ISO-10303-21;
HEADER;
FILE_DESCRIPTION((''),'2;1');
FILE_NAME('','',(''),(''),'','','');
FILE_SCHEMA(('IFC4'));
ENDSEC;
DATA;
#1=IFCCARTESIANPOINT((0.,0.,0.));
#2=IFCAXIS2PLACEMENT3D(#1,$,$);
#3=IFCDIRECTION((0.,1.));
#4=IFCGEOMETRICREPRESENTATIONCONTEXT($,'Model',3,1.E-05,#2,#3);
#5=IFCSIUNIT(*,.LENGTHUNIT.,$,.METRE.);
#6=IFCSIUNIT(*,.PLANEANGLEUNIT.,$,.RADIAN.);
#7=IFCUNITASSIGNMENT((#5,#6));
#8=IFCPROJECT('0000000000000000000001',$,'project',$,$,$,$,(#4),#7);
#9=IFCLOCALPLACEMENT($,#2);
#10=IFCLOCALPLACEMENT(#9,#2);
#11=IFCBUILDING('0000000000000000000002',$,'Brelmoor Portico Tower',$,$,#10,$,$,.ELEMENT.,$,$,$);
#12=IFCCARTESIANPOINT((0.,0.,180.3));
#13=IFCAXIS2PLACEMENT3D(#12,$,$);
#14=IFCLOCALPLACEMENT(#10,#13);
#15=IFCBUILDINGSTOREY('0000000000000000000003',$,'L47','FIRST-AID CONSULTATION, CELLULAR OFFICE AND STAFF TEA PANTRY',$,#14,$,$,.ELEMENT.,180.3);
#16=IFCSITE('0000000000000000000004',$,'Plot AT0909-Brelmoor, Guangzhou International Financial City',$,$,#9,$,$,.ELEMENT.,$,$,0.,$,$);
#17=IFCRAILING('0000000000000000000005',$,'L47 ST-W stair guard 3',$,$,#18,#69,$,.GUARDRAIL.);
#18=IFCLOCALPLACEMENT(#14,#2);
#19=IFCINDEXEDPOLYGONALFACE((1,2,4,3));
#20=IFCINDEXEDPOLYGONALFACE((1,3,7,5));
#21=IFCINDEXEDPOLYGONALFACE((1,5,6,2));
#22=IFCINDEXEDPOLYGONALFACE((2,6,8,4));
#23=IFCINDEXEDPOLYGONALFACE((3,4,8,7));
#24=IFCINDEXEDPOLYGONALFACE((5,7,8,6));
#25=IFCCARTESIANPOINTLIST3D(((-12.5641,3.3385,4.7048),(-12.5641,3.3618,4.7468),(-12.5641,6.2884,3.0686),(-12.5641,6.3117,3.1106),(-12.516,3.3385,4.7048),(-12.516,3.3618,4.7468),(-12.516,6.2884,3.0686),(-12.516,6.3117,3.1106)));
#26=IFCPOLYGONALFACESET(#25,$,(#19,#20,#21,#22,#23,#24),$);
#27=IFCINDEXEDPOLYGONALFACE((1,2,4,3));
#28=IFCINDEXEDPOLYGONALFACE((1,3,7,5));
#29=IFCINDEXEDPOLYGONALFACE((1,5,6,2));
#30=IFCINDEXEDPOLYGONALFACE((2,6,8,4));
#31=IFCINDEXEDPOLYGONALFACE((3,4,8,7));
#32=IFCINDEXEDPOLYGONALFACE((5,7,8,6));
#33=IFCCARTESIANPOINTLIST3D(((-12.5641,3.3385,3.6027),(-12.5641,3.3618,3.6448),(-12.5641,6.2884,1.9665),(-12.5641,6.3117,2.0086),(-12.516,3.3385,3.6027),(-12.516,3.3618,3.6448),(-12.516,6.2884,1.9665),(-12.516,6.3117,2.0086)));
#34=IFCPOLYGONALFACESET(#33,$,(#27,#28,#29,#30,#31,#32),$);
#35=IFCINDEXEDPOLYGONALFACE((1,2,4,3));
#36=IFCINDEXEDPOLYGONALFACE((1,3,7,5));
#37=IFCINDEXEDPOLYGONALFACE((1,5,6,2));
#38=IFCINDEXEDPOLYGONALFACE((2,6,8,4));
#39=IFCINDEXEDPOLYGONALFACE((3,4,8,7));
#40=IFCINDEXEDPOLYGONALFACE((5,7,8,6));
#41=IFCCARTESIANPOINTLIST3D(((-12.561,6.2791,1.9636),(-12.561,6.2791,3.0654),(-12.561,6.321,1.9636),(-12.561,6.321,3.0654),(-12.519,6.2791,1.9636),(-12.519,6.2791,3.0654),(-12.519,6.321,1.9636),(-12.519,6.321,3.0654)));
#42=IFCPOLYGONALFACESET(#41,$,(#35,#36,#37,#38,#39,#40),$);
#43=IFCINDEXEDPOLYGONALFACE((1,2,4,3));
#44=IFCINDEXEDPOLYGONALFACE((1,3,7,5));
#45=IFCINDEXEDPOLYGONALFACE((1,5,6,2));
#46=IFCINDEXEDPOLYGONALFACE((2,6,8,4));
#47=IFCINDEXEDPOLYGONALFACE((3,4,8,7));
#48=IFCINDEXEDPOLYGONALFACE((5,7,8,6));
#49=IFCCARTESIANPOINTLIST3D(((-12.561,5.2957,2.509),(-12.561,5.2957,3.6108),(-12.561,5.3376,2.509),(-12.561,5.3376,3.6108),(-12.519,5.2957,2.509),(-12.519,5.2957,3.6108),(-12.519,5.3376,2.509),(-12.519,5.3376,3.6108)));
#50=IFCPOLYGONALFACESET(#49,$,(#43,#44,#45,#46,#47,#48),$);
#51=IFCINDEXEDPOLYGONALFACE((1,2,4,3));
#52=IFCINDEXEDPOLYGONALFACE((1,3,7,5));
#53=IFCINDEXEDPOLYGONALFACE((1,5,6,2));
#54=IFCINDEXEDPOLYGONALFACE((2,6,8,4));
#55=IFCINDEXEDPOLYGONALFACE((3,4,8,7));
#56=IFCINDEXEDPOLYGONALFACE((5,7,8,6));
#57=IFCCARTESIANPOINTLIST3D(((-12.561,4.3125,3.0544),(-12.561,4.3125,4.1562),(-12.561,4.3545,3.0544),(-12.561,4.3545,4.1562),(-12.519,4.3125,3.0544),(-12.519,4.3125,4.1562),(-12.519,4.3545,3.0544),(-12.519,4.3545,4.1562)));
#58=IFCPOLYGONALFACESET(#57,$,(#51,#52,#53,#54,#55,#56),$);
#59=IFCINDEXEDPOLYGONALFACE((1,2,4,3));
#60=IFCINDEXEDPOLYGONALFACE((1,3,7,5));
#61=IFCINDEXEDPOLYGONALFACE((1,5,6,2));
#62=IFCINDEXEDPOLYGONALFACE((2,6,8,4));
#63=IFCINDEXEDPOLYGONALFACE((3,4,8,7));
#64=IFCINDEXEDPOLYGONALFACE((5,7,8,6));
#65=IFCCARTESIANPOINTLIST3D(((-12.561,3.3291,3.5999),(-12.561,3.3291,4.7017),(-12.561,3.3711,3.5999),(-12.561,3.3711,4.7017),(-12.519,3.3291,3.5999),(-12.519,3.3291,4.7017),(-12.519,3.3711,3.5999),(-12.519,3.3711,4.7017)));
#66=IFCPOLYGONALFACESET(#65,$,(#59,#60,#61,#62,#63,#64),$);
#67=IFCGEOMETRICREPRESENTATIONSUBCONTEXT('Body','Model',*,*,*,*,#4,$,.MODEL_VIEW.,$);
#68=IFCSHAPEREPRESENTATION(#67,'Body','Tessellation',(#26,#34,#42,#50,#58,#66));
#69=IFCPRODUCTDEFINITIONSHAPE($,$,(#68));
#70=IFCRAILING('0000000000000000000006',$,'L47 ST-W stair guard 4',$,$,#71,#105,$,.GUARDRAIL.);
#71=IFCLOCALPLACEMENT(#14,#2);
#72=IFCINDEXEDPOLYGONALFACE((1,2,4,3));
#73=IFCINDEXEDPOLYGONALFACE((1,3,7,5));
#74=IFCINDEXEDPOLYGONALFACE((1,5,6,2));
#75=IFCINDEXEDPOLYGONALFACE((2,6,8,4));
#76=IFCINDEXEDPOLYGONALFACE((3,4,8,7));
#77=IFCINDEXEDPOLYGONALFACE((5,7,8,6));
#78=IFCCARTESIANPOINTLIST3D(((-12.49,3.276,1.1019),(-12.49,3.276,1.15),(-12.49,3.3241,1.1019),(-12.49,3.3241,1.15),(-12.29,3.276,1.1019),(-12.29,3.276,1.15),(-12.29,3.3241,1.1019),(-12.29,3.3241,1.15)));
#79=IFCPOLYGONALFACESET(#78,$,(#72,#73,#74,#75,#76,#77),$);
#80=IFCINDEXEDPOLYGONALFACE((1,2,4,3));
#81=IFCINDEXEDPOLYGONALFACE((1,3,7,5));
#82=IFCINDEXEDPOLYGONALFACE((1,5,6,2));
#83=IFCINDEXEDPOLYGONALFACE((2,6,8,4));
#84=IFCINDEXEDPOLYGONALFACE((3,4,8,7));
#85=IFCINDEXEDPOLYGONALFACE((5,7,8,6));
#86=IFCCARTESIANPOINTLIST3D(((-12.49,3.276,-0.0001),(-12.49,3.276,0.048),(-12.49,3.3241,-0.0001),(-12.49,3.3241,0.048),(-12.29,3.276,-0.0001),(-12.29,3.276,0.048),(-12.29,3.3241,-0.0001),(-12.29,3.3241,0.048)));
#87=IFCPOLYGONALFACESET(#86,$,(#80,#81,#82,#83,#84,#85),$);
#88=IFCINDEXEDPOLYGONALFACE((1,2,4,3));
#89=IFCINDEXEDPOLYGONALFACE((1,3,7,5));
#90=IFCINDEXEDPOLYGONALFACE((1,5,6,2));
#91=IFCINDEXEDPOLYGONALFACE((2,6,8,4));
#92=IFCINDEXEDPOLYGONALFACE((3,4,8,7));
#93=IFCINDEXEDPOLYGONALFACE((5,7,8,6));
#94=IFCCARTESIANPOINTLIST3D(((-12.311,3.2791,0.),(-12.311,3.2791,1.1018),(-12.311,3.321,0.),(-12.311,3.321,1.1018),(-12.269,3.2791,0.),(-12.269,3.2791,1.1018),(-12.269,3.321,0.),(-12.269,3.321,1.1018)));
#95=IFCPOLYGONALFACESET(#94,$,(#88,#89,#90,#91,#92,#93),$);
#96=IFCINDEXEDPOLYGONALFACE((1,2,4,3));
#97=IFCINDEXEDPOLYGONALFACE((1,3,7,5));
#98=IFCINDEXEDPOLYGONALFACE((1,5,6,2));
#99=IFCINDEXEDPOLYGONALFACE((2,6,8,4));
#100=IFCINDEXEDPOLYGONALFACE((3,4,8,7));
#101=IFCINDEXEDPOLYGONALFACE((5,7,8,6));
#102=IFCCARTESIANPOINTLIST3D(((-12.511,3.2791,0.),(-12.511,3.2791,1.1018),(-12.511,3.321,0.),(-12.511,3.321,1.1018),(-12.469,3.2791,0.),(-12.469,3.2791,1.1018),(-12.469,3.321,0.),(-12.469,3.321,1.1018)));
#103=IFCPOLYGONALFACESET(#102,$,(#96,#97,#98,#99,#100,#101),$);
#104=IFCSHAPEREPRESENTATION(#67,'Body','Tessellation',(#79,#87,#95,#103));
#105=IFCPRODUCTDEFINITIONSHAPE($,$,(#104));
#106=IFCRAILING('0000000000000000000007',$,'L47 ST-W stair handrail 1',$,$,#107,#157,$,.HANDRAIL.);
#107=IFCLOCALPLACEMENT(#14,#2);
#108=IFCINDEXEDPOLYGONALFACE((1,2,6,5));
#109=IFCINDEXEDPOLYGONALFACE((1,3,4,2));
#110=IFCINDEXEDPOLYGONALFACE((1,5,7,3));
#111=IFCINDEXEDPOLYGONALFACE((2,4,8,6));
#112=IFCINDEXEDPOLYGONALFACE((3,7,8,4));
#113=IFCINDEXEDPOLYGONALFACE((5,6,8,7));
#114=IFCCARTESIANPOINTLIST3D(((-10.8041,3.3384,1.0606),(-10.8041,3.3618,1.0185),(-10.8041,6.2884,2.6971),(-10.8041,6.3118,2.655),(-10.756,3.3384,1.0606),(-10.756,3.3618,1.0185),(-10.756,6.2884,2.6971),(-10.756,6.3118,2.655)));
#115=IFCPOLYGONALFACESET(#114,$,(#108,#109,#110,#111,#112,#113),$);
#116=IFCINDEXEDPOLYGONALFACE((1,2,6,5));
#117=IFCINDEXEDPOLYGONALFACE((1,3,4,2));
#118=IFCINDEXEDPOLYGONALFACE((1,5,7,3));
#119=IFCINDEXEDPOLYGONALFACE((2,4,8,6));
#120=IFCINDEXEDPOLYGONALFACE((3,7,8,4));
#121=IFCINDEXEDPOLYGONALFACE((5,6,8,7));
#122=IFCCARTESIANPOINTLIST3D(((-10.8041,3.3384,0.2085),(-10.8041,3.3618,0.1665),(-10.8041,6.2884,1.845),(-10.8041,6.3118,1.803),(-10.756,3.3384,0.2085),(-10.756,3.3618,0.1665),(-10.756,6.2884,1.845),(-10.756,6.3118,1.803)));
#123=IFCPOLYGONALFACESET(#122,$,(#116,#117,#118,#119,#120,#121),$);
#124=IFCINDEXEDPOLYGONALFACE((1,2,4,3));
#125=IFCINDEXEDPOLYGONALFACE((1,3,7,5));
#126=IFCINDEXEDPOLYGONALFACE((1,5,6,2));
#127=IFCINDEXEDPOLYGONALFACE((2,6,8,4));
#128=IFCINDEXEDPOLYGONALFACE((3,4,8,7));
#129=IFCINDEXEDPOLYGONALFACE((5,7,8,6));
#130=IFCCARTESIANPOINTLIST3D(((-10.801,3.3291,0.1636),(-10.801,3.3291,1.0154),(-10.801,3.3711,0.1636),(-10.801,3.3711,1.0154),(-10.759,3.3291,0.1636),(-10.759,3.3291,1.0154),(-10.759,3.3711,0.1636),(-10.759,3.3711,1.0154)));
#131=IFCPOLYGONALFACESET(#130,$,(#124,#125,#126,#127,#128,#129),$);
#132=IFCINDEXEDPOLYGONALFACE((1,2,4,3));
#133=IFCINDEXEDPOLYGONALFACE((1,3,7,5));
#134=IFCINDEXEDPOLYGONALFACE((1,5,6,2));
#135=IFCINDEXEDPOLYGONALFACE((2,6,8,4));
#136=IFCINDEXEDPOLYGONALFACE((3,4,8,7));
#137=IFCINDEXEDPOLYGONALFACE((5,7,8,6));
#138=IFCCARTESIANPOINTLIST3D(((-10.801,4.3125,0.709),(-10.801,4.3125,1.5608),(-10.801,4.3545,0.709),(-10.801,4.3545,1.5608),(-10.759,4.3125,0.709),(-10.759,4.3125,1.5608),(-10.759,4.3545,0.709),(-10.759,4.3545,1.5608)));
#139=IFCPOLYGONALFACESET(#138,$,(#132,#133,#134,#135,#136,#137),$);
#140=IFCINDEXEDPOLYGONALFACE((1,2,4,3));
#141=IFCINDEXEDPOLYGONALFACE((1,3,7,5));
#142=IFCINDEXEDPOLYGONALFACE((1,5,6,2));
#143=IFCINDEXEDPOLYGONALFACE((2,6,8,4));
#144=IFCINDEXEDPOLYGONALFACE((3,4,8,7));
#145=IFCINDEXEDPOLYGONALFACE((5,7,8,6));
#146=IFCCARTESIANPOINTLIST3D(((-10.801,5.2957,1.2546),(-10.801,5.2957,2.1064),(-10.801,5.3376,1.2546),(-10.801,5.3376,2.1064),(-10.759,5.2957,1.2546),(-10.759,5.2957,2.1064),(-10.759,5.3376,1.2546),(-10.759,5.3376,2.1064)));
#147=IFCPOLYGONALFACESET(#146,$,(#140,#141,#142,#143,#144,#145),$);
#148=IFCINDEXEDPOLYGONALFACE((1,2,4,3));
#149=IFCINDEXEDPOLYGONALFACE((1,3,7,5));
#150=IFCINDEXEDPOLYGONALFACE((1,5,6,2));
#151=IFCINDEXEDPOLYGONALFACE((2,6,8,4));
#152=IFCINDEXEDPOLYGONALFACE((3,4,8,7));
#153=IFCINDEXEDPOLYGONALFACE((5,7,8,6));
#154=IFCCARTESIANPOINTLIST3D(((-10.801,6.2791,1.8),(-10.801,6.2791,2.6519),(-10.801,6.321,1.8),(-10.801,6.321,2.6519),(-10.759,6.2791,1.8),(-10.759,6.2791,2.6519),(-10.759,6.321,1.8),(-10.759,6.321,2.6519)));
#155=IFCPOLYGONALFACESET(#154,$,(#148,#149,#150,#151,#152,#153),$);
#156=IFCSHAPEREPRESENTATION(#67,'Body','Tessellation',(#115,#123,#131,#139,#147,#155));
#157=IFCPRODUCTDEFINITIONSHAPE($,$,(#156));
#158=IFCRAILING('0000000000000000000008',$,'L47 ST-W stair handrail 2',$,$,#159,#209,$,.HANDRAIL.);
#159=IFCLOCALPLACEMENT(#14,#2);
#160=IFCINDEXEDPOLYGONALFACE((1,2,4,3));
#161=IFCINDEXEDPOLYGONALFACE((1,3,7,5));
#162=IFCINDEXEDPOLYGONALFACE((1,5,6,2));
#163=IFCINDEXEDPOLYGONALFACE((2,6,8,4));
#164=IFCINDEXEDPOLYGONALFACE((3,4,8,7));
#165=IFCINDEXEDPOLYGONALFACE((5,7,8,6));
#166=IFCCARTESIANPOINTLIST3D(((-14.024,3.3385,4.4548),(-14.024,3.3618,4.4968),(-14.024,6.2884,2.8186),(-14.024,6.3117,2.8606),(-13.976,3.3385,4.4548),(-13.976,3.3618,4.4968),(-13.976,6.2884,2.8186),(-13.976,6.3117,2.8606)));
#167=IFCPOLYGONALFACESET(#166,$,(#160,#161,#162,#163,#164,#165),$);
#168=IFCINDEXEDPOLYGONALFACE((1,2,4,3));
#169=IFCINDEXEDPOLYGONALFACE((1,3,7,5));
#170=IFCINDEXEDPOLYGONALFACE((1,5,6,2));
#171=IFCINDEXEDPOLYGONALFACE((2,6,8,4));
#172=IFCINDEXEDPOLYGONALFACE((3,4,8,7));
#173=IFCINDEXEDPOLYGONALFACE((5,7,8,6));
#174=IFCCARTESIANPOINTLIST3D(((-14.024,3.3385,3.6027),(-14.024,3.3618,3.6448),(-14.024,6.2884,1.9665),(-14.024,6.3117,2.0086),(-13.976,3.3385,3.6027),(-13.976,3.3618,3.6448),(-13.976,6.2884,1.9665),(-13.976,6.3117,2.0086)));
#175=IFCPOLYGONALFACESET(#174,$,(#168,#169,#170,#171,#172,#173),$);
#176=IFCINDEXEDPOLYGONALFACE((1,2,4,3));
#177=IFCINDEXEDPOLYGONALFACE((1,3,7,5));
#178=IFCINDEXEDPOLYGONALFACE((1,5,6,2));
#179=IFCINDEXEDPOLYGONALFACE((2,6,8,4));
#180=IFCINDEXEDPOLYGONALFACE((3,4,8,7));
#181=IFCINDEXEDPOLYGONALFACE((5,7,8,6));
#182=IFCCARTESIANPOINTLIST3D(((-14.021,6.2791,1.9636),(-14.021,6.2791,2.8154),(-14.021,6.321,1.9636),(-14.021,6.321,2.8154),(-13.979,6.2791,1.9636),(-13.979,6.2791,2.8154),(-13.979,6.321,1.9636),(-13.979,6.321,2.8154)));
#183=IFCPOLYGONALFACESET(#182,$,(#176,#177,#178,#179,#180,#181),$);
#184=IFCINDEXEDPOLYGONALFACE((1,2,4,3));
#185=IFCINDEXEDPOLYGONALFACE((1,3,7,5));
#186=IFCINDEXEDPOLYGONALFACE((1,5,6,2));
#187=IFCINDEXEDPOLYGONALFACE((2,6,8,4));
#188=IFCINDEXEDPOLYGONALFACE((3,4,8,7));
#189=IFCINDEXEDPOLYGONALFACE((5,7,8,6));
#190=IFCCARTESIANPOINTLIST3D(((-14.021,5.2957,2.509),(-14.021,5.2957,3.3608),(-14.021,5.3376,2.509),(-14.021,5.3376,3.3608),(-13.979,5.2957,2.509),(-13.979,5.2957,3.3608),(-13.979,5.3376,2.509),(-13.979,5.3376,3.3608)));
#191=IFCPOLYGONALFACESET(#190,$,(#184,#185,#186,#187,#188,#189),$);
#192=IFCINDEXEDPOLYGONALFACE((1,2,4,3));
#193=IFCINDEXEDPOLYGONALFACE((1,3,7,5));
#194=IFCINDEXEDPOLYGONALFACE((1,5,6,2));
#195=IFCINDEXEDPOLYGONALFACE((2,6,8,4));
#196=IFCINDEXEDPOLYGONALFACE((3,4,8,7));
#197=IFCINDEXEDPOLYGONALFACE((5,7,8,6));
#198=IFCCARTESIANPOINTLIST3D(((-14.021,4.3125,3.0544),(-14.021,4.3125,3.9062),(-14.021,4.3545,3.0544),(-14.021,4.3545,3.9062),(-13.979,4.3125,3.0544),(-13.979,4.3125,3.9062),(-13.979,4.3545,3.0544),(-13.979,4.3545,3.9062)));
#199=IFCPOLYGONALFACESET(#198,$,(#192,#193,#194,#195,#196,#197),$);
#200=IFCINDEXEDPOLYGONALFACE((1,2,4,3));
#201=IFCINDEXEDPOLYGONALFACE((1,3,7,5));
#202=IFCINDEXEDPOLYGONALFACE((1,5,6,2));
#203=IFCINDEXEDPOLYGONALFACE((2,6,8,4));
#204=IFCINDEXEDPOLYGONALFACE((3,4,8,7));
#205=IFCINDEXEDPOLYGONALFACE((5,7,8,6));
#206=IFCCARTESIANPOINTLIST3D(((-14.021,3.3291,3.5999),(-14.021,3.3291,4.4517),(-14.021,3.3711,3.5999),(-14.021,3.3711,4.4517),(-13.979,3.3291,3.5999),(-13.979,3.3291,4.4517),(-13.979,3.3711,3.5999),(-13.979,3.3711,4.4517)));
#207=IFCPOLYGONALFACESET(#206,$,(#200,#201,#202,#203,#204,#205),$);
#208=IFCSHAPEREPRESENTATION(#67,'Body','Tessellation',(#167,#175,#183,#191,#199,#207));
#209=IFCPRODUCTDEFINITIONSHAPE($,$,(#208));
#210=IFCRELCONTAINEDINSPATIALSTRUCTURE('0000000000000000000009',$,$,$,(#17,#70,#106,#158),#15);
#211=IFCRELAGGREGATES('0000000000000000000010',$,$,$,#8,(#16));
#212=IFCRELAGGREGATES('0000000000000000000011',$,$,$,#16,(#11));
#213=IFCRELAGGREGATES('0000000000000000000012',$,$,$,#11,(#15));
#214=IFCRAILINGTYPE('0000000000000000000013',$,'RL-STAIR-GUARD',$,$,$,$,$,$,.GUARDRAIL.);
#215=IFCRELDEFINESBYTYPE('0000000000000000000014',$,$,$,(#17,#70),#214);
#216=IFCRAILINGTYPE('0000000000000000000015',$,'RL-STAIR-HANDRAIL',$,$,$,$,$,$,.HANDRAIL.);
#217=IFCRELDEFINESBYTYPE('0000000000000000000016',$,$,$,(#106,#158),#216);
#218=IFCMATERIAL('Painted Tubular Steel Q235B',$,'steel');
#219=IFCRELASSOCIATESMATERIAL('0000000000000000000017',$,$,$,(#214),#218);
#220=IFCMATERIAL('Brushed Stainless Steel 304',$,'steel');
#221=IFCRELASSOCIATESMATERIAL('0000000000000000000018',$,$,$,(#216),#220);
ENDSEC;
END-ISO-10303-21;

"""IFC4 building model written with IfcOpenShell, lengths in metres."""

from ifc_helpers import new_model, si_unit, direction, frame, origin, origin_2d, place, context, subcontext, project, spatial, rectangle, extrude, material, type_object, element, save


model = new_model("IFC4")

# Units and contexts
model_context = context("Model", 3, precision=1e-05, world=origin(), true_north=direction((0.0, 1.0)))
body_context = subcontext(model_context, "Body", "Model", "MODEL_VIEW")
ifc_project = project(units=[si_unit("LENGTHUNIT", "METRE"), si_unit("PLANEANGLEUNIT", "RADIAN")], contexts=[model_context])

# Site, building, storey
site_placement = place(None, origin())
site = spatial("IfcSite", under=ifc_project, at=site_placement, Name="Plot AT0909-Brelmoor, Guangzhou International Financial City", CompositionType="ELEMENT", RefElevation=0.0)
building_placement = place(site_placement, origin())
building = spatial("IfcBuilding", under=site, at=building_placement, Name="Brelmoor Portico Tower", CompositionType="ELEMENT")
storey_placement = place(building_placement, frame((0.0, 0.0, 180.3)))
storey = spatial("IfcBuildingStorey", under=building, at=storey_placement, Name="L47", Description="FIRST-AID CONSULTATION, CELLULAR OFFICE AND STAFF TEA PANTRY", CompositionType="ELEMENT", Elevation=180.3)

# Railings
ifc_material_1 = material(Name="Painted Tubular Steel Q235B", Category="steel")
railing_type_1 = type_object("IfcRailingType", Name="RL-STAIR-GUARD", PredefinedType="GUARDRAIL", material=ifc_material_1)
railing_1_placement = place(storey_placement, frame((-12.54, 6.3, 1.9636)))
element("IfcRailing", 1, at=railing_1_placement, inside=storey, type_object=railing_type_1, Name="L47 ST-W stair guard 3", PredefinedType="GUARDRAIL", context=body_context, shape_type="SweptSolid", body=[
    extrude(rectangle(XDim=0.0481, YDim=0.0481, at=origin_2d()), frame((0.0, 0.0, 1.126), z_axis=(0.0, -0.874488, 0.485047), x_axis=(1.0, 0.0, 0.0)), (0.0, 0.0, 1.0), 3.3733),
    extrude(rectangle(XDim=0.0481, YDim=0.0481, at=origin_2d()), frame((0.0, 0.0, 0.0239), z_axis=(0.0, -0.874488, 0.485047), x_axis=(1.0, 0.0, 0.0)), (0.0, 0.0, 1.0), 3.3733),
    extrude(rectangle(XDim=0.042, YDim=0.042, at=origin_2d()), origin(), (0.0, 0.0, 1.0), 1.1018),
    extrude(rectangle(XDim=0.042, YDim=0.042, at=origin_2d()), frame((0.0, -0.9834, 0.5454)), (0.0, 0.0, 1.0), 1.1018),
    extrude(rectangle(XDim=0.042, YDim=0.042, at=origin_2d()), frame((0.0, -1.9666, 1.0908)), (0.0, 0.0, 1.0), 1.1018),
    extrude(rectangle(XDim=0.042, YDim=0.042, at=origin_2d()), frame((0.0, -2.95, 1.6362)), (0.0, 0.0, 1.0), 1.1018),
])
railing_2_placement = place(storey_placement, frame((-12.29, 3.3, 0.0)))
element("IfcRailing", 2, at=railing_2_placement, inside=storey, type_object=railing_type_1, Name="L47 ST-W stair guard 4", PredefinedType="GUARDRAIL", context=body_context, shape_type="SweptSolid", body=[
    extrude(rectangle(XDim=0.0481, YDim=0.0481, at=origin_2d()), frame((0.0, 0.0, 1.126), z_axis=(-1.0, 0.0, 0.0), x_axis=(0.0, -1.0, 0.0)), (0.0, 0.0, 1.0), 0.2),
    extrude(rectangle(XDim=0.0481, YDim=0.0481, at=origin_2d()), frame((0.0, 0.0, 0.0239), z_axis=(-1.0, 0.0, 0.0), x_axis=(0.0, -1.0, 0.0)), (0.0, 0.0, 1.0), 0.2),
    extrude(rectangle(XDim=0.042, YDim=0.042, at=origin_2d()), origin(), (0.0, 0.0, 1.0), 1.1018),
    extrude(rectangle(XDim=0.042, YDim=0.042, at=origin_2d()), frame((-0.2, 0.0, 0.0)), (0.0, 0.0, 1.0), 1.1018),
])
ifc_material_2 = material(Name="Brushed Stainless Steel 304", Category="steel")
railing_type_2 = type_object("IfcRailingType", Name="RL-STAIR-HANDRAIL", PredefinedType="HANDRAIL", material=ifc_material_2)
railing_3_placement = place(storey_placement, frame((-10.78, 3.3501, 0.1636)))
element("IfcRailing", 3, at=railing_3_placement, inside=storey, type_object=railing_type_2, Name="L47 ST-W stair handrail 1", PredefinedType="HANDRAIL", context=body_context, shape_type="SweptSolid", body=[
    extrude(rectangle(XDim=0.0481, YDim=0.0481, at=origin_2d()), frame((0.0, 0.0, 0.876), z_axis=(0.0, 0.874458, 0.485102), x_axis=(-1.0, 0.0, 0.0)), (0.0, 0.0, 1.0), 3.3735),
    extrude(rectangle(XDim=0.0481, YDim=0.0481, at=origin_2d()), frame((0.0, 0.0, 0.0239), z_axis=(0.0, 0.874458, 0.485102), x_axis=(-1.0, 0.0, 0.0)), (0.0, 0.0, 1.0), 3.3735),
    extrude(rectangle(XDim=0.042, YDim=0.042, at=origin_2d()), origin(), (0.0, 0.0, 1.0), 0.8518),
    extrude(rectangle(XDim=0.042, YDim=0.042, at=origin_2d()), frame((0.0, 0.9834, 0.5454)), (0.0, 0.0, 1.0), 0.8518),
    extrude(rectangle(XDim=0.042, YDim=0.042, at=origin_2d()), frame((0.0, 1.9666, 1.0911)), (0.0, 0.0, 1.0), 0.8518),
    extrude(rectangle(XDim=0.042, YDim=0.042, at=origin_2d()), frame((0.0, 2.95, 1.6365)), (0.0, 0.0, 1.0), 0.8518),
])
railing_4_placement = place(storey_placement, frame((-14.0, 6.3, 1.9636)))
element("IfcRailing", 4, at=railing_4_placement, inside=storey, type_object=railing_type_2, Name="L47 ST-W stair handrail 2", PredefinedType="HANDRAIL", context=body_context, shape_type="SweptSolid", body=[
    extrude(rectangle(XDim=0.0481, YDim=0.0481, at=origin_2d()), frame((0.0, 0.0, 0.876), z_axis=(0.0, -0.874488, 0.485047), x_axis=(1.0, 0.0, 0.0)), (0.0, 0.0, 1.0), 3.3733),
    extrude(rectangle(XDim=0.0481, YDim=0.0481, at=origin_2d()), frame((0.0, 0.0, 0.0239), z_axis=(0.0, -0.874488, 0.485047), x_axis=(1.0, 0.0, 0.0)), (0.0, 0.0, 1.0), 3.3733),
    extrude(rectangle(XDim=0.042, YDim=0.042, at=origin_2d()), origin(), (0.0, 0.0, 1.0), 0.8518),
    extrude(rectangle(XDim=0.042, YDim=0.042, at=origin_2d()), frame((0.0, -0.9834, 0.5454)), (0.0, 0.0, 1.0), 0.8518),
    extrude(rectangle(XDim=0.042, YDim=0.042, at=origin_2d()), frame((0.0, -1.9666, 1.0908)), (0.0, 0.0, 1.0), 0.8518),
    extrude(rectangle(XDim=0.042, YDim=0.042, at=origin_2d()), frame((0.0, -2.95, 1.6362)), (0.0, 0.0, 1.0), 0.8518),
])

save(model, "model.ifc")
